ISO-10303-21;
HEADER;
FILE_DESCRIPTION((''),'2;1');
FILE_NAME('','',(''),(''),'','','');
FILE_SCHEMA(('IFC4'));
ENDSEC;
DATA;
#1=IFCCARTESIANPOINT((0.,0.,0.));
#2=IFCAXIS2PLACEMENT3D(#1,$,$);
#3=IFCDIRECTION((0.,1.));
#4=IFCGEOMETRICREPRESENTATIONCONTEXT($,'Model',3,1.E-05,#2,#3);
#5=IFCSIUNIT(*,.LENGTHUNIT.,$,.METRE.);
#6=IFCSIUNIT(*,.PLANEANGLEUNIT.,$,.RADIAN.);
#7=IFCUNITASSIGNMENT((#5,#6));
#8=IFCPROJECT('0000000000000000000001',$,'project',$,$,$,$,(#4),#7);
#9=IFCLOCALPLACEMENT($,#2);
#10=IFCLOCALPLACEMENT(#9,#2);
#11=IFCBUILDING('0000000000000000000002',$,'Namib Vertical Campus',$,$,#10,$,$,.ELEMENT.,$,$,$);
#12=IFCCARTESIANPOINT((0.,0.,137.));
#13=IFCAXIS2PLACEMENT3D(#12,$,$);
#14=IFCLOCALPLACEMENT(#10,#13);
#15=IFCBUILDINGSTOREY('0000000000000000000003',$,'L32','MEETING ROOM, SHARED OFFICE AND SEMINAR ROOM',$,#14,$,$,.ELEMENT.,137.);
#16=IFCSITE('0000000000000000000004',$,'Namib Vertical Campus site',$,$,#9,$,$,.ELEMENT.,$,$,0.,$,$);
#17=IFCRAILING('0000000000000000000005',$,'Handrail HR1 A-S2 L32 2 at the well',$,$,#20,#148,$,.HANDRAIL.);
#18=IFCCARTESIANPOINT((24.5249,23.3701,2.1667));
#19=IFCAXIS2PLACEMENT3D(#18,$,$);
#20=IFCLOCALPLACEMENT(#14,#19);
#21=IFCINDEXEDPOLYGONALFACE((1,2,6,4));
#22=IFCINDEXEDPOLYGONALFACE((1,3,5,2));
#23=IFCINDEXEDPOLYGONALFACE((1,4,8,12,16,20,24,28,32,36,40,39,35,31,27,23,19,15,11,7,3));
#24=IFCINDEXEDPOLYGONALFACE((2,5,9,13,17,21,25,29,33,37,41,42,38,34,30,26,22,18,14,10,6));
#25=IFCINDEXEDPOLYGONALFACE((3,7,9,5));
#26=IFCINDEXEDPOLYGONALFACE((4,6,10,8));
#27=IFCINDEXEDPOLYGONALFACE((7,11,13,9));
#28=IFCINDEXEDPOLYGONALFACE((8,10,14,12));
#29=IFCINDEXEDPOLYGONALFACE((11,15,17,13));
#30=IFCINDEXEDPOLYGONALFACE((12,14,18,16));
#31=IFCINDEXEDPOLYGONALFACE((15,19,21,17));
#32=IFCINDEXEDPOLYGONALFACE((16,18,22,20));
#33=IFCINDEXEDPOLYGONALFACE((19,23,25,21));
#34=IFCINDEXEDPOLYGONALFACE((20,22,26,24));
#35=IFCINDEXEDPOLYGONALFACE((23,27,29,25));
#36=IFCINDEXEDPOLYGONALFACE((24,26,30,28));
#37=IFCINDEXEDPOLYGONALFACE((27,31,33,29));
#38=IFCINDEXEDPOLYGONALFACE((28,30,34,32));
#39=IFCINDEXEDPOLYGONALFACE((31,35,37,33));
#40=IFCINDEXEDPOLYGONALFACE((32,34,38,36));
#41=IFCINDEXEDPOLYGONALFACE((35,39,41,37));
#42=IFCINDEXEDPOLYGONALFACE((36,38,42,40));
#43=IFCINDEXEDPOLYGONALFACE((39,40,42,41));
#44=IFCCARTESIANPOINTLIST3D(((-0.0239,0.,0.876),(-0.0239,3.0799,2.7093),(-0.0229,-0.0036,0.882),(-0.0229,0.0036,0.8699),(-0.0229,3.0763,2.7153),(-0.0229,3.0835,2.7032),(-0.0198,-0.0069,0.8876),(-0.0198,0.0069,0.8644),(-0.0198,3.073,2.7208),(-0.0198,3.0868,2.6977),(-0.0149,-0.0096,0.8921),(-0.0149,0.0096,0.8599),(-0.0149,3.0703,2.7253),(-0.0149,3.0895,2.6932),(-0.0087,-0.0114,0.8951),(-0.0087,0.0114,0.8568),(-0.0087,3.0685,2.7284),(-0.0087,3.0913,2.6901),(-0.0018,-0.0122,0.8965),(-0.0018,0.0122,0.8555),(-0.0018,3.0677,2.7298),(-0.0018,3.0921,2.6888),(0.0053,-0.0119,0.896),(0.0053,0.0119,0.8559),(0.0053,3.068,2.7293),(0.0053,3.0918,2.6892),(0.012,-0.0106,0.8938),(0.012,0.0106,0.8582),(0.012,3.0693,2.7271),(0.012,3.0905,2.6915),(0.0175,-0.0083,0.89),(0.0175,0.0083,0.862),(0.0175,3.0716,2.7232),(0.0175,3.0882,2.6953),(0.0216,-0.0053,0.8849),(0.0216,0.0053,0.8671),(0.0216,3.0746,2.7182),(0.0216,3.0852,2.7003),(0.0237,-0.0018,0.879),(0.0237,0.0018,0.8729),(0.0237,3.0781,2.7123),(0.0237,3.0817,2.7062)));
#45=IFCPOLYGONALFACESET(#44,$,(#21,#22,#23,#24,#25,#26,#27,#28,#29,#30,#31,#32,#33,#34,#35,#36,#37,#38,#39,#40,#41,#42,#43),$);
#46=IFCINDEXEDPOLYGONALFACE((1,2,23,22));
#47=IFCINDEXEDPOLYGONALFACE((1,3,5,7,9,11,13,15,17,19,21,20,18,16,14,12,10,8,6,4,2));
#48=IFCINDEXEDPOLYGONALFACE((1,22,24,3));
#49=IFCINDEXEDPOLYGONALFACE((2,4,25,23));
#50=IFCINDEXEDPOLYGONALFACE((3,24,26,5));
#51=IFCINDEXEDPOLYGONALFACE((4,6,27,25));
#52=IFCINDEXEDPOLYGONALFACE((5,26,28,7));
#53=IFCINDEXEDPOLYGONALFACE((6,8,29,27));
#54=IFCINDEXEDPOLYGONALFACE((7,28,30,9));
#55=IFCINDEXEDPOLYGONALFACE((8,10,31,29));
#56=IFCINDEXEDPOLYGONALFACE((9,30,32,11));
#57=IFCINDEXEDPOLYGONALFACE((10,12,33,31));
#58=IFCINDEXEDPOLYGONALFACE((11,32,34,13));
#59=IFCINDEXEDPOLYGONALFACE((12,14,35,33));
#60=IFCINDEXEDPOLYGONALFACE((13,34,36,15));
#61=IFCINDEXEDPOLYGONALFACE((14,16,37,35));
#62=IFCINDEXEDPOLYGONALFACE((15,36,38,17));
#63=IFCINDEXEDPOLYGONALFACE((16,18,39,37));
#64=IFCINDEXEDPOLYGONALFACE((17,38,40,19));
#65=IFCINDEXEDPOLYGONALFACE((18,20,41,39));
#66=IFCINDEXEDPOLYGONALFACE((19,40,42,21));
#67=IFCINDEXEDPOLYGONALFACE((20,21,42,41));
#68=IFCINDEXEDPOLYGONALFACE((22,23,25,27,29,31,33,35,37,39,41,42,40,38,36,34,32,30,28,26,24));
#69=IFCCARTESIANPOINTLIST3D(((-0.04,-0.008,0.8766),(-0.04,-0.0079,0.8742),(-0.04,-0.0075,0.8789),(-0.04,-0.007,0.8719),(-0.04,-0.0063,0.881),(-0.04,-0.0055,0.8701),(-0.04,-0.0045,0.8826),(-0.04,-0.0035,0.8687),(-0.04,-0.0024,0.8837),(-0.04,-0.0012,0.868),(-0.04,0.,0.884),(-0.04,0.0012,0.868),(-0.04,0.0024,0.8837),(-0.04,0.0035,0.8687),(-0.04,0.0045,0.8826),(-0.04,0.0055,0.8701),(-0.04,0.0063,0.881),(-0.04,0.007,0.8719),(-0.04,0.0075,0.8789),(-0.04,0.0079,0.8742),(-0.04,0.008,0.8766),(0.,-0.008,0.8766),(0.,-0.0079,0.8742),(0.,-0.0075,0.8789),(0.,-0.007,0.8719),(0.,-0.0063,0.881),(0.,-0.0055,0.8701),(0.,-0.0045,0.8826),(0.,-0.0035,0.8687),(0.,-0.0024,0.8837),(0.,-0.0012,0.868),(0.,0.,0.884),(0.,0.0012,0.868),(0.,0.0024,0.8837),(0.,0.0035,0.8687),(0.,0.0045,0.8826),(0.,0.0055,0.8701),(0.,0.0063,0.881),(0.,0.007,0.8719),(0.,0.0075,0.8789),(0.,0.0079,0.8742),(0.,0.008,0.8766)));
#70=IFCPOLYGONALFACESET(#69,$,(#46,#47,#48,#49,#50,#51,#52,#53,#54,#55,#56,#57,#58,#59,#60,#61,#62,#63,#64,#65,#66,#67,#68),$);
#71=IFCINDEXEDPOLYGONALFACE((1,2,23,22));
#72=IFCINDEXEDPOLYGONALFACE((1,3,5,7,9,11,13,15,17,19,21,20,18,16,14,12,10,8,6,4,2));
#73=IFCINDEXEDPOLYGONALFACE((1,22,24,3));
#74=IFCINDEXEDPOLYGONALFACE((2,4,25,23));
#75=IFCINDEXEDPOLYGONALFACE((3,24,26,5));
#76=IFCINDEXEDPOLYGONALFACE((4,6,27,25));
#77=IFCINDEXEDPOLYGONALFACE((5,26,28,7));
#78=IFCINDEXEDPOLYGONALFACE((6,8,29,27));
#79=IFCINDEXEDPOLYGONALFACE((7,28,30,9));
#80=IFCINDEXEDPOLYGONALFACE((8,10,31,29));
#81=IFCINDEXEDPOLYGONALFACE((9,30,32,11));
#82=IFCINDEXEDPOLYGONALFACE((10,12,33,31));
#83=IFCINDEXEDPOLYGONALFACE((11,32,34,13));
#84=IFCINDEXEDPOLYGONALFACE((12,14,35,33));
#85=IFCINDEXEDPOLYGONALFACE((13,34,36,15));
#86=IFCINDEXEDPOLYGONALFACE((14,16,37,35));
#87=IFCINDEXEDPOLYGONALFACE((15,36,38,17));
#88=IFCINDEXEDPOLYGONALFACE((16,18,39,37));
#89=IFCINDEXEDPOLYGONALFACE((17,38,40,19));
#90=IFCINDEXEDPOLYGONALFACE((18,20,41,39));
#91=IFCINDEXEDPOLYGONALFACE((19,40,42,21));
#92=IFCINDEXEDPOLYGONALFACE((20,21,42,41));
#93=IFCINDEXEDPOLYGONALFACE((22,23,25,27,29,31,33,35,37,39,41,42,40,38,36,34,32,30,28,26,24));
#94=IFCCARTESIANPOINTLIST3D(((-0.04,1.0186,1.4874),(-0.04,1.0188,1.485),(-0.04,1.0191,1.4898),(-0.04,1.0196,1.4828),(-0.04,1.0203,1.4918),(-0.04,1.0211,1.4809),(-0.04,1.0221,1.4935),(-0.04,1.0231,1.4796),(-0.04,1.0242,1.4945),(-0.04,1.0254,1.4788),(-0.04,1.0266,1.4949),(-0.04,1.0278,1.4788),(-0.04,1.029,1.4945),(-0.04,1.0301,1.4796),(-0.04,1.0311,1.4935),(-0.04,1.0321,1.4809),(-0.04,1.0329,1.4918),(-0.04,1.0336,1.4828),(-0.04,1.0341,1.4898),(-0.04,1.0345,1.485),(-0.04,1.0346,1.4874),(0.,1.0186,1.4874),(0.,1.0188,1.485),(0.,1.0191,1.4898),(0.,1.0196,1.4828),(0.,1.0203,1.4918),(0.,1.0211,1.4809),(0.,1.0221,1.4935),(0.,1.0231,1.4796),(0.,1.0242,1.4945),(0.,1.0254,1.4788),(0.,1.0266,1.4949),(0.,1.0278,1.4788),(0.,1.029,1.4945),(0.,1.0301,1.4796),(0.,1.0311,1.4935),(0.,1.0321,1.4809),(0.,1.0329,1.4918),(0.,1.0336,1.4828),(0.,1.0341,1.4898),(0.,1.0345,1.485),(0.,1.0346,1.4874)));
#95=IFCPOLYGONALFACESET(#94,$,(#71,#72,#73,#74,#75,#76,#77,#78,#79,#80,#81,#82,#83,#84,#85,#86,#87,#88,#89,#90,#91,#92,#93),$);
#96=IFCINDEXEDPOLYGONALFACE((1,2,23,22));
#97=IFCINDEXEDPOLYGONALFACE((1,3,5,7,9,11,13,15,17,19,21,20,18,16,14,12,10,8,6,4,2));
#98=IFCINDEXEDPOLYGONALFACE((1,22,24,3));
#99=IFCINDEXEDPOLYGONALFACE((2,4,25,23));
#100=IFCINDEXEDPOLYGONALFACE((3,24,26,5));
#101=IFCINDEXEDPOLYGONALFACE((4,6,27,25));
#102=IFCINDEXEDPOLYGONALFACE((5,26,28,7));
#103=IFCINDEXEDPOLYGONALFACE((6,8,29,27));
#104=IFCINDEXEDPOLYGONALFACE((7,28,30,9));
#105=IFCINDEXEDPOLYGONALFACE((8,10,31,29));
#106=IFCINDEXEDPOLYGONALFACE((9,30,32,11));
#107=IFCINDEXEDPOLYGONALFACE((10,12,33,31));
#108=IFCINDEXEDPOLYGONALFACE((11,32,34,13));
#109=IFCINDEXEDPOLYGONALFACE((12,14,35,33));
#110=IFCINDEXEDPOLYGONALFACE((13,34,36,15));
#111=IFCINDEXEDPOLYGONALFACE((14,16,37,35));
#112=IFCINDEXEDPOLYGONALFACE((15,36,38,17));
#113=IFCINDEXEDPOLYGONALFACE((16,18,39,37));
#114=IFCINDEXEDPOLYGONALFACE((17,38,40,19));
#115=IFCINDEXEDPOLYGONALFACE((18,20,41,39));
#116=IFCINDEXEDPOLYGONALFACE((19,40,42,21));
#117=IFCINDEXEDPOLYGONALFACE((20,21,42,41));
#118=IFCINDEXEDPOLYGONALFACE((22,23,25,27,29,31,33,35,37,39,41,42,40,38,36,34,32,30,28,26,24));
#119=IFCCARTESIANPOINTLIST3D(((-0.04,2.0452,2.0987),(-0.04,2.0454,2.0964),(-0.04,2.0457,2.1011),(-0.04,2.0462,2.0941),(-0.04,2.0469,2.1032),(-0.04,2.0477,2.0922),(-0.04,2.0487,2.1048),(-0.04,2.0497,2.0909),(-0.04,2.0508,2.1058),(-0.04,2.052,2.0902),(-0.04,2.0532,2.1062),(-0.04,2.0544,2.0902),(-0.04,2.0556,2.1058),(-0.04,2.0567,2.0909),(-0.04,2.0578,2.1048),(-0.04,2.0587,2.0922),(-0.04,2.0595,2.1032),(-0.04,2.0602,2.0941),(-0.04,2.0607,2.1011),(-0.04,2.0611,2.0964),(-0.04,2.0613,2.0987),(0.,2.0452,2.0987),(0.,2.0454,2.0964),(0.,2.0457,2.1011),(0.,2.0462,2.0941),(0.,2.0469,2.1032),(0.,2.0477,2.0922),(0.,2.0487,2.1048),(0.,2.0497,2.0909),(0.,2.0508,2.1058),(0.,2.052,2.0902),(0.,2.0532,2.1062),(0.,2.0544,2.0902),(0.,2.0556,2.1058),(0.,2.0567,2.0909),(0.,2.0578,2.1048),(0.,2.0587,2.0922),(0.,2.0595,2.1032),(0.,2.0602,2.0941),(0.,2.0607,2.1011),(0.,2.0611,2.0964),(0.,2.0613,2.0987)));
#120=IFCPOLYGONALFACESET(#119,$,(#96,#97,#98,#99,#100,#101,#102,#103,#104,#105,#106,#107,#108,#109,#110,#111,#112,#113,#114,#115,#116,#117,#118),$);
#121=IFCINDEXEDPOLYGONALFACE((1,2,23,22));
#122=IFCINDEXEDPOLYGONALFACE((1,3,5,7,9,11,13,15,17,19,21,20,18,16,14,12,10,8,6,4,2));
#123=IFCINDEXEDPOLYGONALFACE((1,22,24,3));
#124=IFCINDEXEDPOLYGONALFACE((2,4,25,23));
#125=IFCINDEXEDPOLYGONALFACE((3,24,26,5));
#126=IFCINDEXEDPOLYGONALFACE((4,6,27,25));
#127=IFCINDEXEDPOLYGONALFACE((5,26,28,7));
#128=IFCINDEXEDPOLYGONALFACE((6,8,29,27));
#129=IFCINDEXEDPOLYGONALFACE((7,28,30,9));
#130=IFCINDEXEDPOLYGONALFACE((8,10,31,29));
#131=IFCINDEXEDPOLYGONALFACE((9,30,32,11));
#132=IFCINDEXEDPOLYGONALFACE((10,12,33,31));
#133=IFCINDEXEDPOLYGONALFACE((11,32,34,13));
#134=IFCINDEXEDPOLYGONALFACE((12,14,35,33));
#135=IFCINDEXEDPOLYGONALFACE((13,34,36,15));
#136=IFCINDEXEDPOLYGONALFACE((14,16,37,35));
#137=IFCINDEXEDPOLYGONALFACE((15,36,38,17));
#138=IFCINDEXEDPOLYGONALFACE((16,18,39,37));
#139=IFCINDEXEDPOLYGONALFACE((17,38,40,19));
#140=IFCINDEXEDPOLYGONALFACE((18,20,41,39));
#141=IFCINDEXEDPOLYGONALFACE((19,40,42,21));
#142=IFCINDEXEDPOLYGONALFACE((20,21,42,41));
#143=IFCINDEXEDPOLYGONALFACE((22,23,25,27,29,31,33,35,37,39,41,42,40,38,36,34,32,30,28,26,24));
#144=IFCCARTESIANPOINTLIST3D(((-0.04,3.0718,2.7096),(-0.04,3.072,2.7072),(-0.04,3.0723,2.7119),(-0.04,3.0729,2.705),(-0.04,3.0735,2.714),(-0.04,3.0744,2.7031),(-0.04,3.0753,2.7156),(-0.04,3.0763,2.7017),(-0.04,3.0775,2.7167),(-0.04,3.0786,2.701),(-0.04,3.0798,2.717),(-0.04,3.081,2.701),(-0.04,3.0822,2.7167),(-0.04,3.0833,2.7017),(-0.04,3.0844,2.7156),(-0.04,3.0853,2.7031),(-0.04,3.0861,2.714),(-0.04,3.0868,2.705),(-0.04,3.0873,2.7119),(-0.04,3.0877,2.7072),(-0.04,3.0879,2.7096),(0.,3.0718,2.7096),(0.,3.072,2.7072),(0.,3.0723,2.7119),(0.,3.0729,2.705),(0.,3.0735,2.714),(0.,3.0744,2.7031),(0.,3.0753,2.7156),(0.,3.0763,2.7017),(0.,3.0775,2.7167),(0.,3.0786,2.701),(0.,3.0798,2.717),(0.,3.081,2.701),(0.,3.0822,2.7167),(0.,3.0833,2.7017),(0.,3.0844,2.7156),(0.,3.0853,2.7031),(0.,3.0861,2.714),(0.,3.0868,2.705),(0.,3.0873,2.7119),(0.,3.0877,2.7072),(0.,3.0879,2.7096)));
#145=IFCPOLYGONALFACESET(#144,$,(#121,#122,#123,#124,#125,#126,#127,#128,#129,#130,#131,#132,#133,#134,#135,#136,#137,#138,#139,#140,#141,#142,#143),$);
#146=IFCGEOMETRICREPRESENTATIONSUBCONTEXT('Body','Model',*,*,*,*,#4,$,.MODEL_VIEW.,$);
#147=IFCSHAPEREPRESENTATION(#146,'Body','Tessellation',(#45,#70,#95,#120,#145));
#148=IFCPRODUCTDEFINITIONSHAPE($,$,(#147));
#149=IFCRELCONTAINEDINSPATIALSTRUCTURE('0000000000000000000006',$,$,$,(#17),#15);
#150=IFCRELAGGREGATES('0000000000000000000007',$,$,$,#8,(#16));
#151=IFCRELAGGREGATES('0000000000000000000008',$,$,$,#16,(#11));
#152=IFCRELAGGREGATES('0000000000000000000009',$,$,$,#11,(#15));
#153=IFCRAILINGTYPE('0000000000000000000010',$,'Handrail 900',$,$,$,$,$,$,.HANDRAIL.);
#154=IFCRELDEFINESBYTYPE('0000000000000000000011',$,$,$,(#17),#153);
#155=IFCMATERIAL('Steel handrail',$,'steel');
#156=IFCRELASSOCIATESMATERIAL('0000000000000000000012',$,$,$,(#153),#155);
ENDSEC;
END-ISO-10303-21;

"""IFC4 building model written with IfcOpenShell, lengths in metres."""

from ifc_helpers import new_model, si_unit, direction, frame, origin, origin_2d, place, context, subcontext, project, spatial, circle, extrude, material, type_object, element, save


model = new_model("IFC4")

# Units and contexts
model_context = context("Model", 3, precision=1e-05, world=origin(), true_north=direction((0.0, 1.0)))
body_context = subcontext(model_context, "Body", "Model", "MODEL_VIEW")
ifc_project = project(units=[si_unit("LENGTHUNIT", "METRE"), si_unit("PLANEANGLEUNIT", "RADIAN")], contexts=[model_context])

# Site, building, storey
site_placement = place(None, origin())
site = spatial("IfcSite", under=ifc_project, at=site_placement, Name="Namib Vertical Campus site", CompositionType="ELEMENT", RefElevation=0.0)
building_placement = place(site_placement, origin())
building = spatial("IfcBuilding", under=site, at=building_placement, Name="Namib Vertical Campus", CompositionType="ELEMENT")
storey_placement = place(building_placement, frame((0.0, 0.0, 137.0)))
storey = spatial("IfcBuildingStorey", under=building, at=storey_placement, Name="L32", Description="MEETING ROOM, SHARED OFFICE AND SEMINAR ROOM", CompositionType="ELEMENT", Elevation=137.0)

# Railing
ifc_material_1 = material(Name="Steel handrail", Category="steel")
railing_type_1 = type_object("IfcRailingType", Name="Handrail 900", PredefinedType="HANDRAIL", material=ifc_material_1)
railing_1_placement = place(storey_placement, frame((24.5249, 23.3701, 2.1667)))
element("IfcRailing", 1, at=railing_1_placement, inside=storey, type_object=railing_type_1, Name="Handrail HR1 A-S2 L32 2 at the well", PredefinedType="HANDRAIL", context=body_context, shape_type="SweptSolid", body=[
    extrude(circle(Radius=0.0239, at=origin_2d()), frame((0.0, 0.0, 0.876), z_axis=(0.0, 0.859291, 0.511487), x_axis=(-1.0, 0.0, 0.0)), (0.0, 0.0, 1.0), 3.5842),
    extrude(circle(Radius=0.0081, at=origin_2d()), frame((0.0, 0.0, 0.876), z_axis=(-1.0, 0.0, 0.0), x_axis=(0.0, 0.0, 1.0)), (0.0, 0.0, 1.0), 0.04),
    extrude(circle(Radius=0.0081, at=origin_2d()), frame((0.0, 1.0266, 1.4868), z_axis=(-1.0, 0.0, 0.0), x_axis=(0.0, 0.0, 1.0)), (0.0, 0.0, 1.0), 0.04),
    extrude(circle(Radius=0.0081, at=origin_2d()), frame((0.0, 2.0532, 2.0981), z_axis=(-1.0, 0.0, 0.0), x_axis=(0.0, 0.0, 1.0)), (0.0, 0.0, 1.0), 0.04),
    extrude(circle(Radius=0.0081, at=origin_2d()), frame((0.0, 3.0798, 2.709), z_axis=(-1.0, 0.0, 0.0), x_axis=(0.0, 0.0, 1.0)), (0.0, 0.0, 1.0), 0.04),
])

save(model, "model.ifc")
